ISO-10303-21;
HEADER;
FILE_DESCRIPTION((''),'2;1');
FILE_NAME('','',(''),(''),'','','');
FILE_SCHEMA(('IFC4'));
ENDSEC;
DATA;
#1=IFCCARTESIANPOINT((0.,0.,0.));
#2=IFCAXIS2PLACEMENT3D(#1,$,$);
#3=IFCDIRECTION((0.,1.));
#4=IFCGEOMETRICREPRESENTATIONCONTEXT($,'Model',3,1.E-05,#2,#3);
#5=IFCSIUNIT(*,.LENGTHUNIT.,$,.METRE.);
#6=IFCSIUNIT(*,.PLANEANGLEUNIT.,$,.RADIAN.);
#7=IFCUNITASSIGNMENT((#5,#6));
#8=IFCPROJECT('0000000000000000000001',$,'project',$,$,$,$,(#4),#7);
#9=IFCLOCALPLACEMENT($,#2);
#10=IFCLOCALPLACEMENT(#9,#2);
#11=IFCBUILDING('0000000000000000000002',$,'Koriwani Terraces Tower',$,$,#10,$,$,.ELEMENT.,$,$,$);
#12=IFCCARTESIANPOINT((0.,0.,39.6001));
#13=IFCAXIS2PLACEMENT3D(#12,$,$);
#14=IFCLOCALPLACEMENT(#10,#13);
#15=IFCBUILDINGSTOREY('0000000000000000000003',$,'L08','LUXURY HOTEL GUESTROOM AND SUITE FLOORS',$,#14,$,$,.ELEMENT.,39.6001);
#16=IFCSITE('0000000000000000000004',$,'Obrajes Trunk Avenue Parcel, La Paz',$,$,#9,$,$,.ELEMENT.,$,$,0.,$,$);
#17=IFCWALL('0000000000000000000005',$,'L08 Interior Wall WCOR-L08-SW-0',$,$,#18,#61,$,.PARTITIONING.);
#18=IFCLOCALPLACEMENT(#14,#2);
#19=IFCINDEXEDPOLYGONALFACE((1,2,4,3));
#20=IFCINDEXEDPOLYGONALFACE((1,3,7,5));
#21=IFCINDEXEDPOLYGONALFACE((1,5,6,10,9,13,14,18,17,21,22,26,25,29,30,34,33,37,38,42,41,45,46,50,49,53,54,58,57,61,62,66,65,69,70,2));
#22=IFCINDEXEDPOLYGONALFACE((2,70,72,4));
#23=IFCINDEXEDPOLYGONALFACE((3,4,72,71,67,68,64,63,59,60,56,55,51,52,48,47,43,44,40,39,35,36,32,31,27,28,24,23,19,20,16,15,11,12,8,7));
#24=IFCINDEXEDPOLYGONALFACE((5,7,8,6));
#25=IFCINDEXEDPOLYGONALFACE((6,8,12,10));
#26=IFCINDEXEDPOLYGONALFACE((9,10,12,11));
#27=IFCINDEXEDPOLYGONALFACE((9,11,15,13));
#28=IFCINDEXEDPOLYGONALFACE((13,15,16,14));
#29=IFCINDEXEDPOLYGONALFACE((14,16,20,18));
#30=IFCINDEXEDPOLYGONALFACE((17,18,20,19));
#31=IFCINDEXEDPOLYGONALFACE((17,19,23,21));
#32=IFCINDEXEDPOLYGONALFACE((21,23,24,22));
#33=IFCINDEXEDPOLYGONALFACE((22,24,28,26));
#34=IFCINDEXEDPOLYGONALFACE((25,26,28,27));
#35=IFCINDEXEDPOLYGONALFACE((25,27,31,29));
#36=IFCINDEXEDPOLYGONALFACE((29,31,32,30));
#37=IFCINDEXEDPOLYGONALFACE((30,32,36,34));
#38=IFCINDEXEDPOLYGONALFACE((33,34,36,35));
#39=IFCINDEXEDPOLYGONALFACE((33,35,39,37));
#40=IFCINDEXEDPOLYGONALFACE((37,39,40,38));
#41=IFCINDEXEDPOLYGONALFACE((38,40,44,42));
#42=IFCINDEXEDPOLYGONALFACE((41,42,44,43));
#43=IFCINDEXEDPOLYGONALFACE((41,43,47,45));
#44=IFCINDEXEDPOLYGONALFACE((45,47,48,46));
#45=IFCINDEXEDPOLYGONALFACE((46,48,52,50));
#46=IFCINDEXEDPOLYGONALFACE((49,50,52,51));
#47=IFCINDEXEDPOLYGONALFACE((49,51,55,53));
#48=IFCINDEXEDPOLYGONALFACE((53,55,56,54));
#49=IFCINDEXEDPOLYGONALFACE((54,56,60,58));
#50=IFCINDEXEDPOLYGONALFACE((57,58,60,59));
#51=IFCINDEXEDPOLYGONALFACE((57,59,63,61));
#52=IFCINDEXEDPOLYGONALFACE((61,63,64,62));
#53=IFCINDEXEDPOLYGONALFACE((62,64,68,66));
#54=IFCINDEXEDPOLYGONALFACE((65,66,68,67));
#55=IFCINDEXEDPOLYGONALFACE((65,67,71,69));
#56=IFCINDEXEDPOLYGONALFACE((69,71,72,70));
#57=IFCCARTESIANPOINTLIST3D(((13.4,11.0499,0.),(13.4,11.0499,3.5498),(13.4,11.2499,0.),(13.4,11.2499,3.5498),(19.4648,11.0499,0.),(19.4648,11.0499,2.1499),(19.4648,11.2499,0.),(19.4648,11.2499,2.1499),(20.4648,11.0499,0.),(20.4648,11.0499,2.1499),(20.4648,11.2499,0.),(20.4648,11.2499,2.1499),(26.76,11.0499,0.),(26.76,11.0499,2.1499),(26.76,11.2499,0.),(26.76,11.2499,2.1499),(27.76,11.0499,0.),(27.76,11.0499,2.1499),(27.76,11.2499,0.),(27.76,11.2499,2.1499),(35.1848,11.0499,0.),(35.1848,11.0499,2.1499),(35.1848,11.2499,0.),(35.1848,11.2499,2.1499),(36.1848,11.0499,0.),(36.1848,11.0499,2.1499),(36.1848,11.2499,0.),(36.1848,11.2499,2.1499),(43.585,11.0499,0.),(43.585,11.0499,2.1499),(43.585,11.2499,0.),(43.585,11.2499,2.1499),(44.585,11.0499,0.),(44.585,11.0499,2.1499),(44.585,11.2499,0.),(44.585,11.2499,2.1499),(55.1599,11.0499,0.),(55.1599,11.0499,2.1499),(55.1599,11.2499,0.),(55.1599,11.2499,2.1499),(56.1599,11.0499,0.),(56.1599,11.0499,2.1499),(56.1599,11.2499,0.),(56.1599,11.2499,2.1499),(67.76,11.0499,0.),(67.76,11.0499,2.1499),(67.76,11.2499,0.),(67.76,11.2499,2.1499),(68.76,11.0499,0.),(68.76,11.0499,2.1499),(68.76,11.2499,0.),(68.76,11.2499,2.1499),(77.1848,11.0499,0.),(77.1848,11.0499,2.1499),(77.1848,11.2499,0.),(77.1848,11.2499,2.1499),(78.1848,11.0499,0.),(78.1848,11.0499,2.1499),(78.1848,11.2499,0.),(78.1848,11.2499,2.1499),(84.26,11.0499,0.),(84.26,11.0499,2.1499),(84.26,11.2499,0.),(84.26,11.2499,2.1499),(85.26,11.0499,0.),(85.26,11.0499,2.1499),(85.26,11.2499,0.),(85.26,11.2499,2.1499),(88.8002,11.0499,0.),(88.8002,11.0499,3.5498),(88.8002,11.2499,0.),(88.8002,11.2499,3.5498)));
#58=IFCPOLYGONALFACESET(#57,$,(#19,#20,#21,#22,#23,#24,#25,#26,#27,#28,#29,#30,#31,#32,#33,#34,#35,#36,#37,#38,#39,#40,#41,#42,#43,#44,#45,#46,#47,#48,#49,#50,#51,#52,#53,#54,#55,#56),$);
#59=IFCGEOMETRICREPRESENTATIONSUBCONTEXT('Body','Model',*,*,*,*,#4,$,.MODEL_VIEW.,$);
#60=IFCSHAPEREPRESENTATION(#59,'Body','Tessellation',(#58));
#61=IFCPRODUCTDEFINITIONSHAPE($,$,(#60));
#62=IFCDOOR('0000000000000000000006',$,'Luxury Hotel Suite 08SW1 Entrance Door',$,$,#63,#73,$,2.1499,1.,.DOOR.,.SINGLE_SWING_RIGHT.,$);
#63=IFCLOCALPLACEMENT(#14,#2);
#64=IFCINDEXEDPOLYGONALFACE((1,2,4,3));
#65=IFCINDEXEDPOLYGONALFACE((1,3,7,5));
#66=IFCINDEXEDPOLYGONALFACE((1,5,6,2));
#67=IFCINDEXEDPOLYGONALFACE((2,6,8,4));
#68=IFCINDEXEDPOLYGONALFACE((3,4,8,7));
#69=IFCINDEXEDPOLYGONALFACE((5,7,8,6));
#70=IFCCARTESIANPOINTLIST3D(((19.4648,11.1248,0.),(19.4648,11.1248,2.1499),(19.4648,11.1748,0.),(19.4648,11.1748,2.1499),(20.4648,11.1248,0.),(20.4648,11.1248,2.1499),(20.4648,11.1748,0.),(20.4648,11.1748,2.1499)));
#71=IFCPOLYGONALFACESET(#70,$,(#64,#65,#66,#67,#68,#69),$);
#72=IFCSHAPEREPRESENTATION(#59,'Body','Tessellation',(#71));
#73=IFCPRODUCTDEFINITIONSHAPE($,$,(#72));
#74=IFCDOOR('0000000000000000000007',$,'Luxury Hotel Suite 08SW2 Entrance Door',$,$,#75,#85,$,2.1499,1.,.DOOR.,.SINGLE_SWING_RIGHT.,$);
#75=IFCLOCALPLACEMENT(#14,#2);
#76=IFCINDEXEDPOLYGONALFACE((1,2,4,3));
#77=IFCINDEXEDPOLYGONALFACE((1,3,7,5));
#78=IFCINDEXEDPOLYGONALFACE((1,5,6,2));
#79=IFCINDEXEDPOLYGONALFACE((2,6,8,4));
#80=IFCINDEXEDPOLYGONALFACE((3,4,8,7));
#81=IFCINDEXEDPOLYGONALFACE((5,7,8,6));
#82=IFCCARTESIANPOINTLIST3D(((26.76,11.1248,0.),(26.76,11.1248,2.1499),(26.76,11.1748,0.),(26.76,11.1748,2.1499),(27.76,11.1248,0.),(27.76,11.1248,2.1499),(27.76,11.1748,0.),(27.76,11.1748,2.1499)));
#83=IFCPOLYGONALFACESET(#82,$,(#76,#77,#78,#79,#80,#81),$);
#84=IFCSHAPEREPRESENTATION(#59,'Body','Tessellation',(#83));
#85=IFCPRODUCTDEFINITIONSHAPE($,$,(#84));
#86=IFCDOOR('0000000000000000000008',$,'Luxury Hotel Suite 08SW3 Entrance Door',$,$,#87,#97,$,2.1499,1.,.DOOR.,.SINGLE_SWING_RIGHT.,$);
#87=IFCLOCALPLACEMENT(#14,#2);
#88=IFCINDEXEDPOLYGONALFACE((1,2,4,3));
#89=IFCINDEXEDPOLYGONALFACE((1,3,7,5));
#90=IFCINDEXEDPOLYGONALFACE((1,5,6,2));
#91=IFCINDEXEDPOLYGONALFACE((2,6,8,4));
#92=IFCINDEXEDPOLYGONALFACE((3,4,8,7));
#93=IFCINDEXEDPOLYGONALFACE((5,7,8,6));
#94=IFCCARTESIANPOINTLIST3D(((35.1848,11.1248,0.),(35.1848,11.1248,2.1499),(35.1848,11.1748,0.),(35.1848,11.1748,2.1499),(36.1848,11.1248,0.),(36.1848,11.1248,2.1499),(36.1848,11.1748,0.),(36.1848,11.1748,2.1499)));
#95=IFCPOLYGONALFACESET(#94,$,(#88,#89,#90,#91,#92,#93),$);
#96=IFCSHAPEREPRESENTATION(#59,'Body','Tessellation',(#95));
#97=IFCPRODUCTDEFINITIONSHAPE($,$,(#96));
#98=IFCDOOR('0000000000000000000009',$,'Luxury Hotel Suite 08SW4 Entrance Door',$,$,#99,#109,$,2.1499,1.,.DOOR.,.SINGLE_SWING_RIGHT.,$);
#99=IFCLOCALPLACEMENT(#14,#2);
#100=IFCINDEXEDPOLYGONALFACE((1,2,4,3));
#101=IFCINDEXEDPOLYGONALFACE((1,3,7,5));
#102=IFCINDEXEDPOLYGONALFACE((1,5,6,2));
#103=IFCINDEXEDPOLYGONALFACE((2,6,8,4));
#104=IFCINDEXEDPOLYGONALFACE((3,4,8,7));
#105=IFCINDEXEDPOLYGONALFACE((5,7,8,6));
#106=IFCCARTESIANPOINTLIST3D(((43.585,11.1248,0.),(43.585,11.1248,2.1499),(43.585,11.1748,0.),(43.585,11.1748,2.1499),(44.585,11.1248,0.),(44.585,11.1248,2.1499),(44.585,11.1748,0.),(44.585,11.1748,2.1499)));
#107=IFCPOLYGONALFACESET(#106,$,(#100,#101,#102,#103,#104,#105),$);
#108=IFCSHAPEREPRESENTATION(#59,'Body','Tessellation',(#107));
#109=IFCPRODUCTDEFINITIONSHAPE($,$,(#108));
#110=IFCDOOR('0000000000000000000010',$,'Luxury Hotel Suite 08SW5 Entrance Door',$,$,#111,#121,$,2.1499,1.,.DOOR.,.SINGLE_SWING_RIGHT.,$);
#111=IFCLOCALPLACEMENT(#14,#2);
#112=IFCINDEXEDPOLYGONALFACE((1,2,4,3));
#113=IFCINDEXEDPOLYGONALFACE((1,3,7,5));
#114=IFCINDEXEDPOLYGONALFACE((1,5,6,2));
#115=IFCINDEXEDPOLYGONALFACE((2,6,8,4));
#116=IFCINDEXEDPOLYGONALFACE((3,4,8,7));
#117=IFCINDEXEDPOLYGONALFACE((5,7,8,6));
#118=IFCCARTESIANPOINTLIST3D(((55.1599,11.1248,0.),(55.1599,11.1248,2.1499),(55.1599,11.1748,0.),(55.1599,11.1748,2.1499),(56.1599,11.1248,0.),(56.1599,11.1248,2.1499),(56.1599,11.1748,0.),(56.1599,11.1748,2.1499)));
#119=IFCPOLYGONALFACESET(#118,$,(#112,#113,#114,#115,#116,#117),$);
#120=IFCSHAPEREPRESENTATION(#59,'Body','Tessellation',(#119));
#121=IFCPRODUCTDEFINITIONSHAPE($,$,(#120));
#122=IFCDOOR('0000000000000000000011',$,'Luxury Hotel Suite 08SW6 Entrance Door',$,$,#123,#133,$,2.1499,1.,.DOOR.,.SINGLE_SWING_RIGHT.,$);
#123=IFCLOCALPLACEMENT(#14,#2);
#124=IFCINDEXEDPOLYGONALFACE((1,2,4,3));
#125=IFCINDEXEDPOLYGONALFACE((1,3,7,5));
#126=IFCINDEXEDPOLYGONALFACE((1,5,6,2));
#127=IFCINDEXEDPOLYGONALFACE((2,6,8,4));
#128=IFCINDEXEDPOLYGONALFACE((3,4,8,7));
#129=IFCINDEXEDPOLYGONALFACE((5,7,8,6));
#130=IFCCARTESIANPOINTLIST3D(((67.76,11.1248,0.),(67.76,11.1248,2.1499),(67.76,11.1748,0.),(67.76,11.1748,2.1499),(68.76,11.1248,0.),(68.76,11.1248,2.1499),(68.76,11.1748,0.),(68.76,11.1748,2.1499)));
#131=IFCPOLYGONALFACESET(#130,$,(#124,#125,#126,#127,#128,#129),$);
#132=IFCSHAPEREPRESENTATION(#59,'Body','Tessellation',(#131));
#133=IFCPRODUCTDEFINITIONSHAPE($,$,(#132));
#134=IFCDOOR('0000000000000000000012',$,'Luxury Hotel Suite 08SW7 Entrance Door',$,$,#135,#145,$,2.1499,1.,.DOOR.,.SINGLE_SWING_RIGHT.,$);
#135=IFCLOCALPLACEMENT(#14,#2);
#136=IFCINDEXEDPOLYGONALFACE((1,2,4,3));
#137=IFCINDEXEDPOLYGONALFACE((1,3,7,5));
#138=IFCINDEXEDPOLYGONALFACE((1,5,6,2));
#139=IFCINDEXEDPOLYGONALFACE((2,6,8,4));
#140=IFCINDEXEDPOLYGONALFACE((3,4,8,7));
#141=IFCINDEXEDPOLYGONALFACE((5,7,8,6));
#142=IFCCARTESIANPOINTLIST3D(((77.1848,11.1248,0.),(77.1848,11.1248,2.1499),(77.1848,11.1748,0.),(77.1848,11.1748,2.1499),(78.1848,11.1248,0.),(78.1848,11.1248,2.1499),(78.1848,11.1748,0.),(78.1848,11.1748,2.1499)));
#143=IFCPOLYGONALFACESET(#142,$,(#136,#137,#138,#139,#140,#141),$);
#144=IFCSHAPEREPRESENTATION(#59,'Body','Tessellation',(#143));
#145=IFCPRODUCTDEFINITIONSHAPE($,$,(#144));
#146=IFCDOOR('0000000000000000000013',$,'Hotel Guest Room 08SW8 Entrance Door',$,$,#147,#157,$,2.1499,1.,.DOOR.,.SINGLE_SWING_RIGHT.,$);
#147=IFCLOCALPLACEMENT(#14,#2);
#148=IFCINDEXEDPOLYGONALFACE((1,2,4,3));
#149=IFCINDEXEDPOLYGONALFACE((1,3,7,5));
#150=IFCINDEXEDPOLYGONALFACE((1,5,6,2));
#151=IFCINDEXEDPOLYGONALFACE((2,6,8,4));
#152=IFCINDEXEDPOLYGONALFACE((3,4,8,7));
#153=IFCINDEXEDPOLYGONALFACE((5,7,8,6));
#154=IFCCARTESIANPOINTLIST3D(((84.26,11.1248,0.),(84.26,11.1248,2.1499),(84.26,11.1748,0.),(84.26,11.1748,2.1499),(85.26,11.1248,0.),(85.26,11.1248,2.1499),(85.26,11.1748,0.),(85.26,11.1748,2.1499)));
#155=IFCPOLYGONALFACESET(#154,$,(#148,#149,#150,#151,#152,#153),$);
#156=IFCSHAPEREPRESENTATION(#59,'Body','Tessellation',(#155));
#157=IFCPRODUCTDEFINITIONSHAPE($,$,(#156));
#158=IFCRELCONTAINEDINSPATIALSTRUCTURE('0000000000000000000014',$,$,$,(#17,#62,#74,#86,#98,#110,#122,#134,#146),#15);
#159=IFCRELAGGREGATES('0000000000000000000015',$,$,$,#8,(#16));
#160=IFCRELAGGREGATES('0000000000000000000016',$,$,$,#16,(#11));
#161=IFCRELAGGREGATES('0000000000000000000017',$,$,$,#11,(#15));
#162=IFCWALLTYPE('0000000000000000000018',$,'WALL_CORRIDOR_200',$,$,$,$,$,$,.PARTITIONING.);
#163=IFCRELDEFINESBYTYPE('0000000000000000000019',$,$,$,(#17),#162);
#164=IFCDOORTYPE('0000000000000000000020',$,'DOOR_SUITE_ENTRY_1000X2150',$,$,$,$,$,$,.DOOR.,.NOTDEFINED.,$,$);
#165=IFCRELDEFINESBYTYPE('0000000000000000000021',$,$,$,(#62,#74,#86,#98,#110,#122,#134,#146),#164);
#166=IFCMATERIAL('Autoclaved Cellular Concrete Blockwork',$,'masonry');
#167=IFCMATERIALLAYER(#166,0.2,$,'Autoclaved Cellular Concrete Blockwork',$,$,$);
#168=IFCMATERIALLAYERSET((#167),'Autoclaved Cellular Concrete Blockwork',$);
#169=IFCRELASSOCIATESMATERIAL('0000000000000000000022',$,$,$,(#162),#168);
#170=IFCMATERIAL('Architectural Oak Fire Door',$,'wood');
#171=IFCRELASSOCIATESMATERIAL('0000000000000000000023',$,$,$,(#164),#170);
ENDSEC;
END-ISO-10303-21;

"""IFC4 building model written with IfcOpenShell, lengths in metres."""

from ifc_helpers import new_model, si_unit, direction, frame, frame_2d, origin, place, context, subcontext, project, spatial, rectangle, extrude, material, layer, layer_set, type_object, element, fill, save


model = new_model("IFC4")

# Units and contexts
model_context = context("Model", 3, precision=1e-05, world=origin(), true_north=direction((0.0, 1.0)))
body_context = subcontext(model_context, "Body", "Model", "MODEL_VIEW")
ifc_project = project(units=[si_unit("LENGTHUNIT", "METRE"), si_unit("PLANEANGLEUNIT", "RADIAN")], contexts=[model_context])

# Site, building, storey
site_placement = place(None, origin())
site = spatial("IfcSite", under=ifc_project, at=site_placement, Name="Obrajes Trunk Avenue Parcel, La Paz", CompositionType="ELEMENT", RefElevation=0.0)
building_placement = place(site_placement, origin())
building = spatial("IfcBuilding", under=site, at=building_placement, Name="Koriwani Terraces Tower", CompositionType="ELEMENT")
storey_placement = place(building_placement, frame((0.0, 0.0, 39.6001)))
storey = spatial("IfcBuildingStorey", under=building, at=storey_placement, Name="L08", Description="LUXURY HOTEL GUESTROOM AND SUITE FLOORS", CompositionType="ELEMENT", Elevation=39.6001)

# Wall, openings, doors
ifc_material_1 = material(Name="Autoclaved Cellular Concrete Blockwork", Category="masonry")
ifc_layer_1 = layer(ifc_material_1, 0.2, Name="Autoclaved Cellular Concrete Blockwork")
ifc_layer_set_1 = layer_set([ifc_layer_1], Name="Autoclaved Cellular Concrete Blockwork")
wall_type_1 = type_object("IfcWallType", Name="WALL_CORRIDOR_200", PredefinedType="PARTITIONING", material=ifc_layer_set_1)
wall_1_placement = place(storey_placement, frame((13.3999, 11.1499, 0.0), z_axis=(0.0, 0.0, 1.0), x_axis=(1.0, 0.0, 0.0)))
wall_1 = element("IfcWall", 1, at=wall_1_placement, inside=storey, type_object=wall_type_1, Name="L08 Interior Wall WCOR-L08-SW-0", PredefinedType="PARTITIONING", context=body_context, shape_type="SweptSolid", body=[
    extrude(rectangle(XDim=75.4001, YDim=0.2, at=frame_2d((37.7002, 0.0))), origin(), (0.0, 0.0, 1.0), 3.5498),
])
opening_1_placement = place(wall_1_placement, frame((6.0649, 0.0, 0.0)))
opening_1 = element("IfcOpeningElement", 2, at=opening_1_placement, cuts=wall_1, PredefinedType="OPENING", context=body_context, shape_type="SweptSolid", body=[
    extrude(rectangle(XDim=1.0, YDim=2.1499, at=frame_2d((0.5, 1.075))), frame((0.0, 0.1099, 0.0), z_axis=(0.0, -1.0, 0.0), x_axis=(1.0, 0.0, 0.0)), (0.0, 0.0, 1.0), 0.22),
])
opening_2_placement = place(wall_1_placement, frame((13.3601, 0.0, 0.0)))
opening_2 = element("IfcOpeningElement", 3, at=opening_2_placement, cuts=wall_1, PredefinedType="OPENING", context=body_context, shape_type="SweptSolid", body=[
    extrude(rectangle(XDim=1.0, YDim=2.1499, at=frame_2d((0.5, 1.075))), frame((0.0, 0.1099, 0.0), z_axis=(0.0, -1.0, 0.0), x_axis=(1.0, 0.0, 0.0)), (0.0, 0.0, 1.0), 0.22),
])
opening_3_placement = place(wall_1_placement, frame((21.7849, 0.0, 0.0)))
opening_3 = element("IfcOpeningElement", 4, at=opening_3_placement, cuts=wall_1, PredefinedType="OPENING", context=body_context, shape_type="SweptSolid", body=[
    extrude(rectangle(XDim=1.0, YDim=2.1499, at=frame_2d((0.5, 1.075))), frame((0.0, 0.1099, 0.0), z_axis=(0.0, -1.0, 0.0), x_axis=(1.0, 0.0, 0.0)), (0.0, 0.0, 1.0), 0.22),
])
opening_4_placement = place(wall_1_placement, frame((30.1851, 0.0, 0.0)))
opening_4 = element("IfcOpeningElement", 5, at=opening_4_placement, cuts=wall_1, PredefinedType="OPENING", context=body_context, shape_type="SweptSolid", body=[
    extrude(rectangle(XDim=1.0, YDim=2.1499, at=frame_2d((0.5, 1.075))), frame((0.0, 0.1099, 0.0), z_axis=(0.0, -1.0, 0.0), x_axis=(1.0, 0.0, 0.0)), (0.0, 0.0, 1.0), 0.22),
])
opening_5_placement = place(wall_1_placement, frame((41.76, 0.0, 0.0)))
opening_5 = element("IfcOpeningElement", 6, at=opening_5_placement, cuts=wall_1, PredefinedType="OPENING", context=body_context, shape_type="SweptSolid", body=[
    extrude(rectangle(XDim=1.0, YDim=2.1499, at=frame_2d((0.5, 1.075))), frame((0.0, 0.1099, 0.0), z_axis=(0.0, -1.0, 0.0), x_axis=(1.0, 0.0, 0.0)), (0.0, 0.0, 1.0), 0.22),
])
opening_6_placement = place(wall_1_placement, frame((54.3601, 0.0, 0.0)))
opening_6 = element("IfcOpeningElement", 7, at=opening_6_placement, cuts=wall_1, PredefinedType="OPENING", context=body_context, shape_type="SweptSolid", body=[
    extrude(rectangle(XDim=1.0, YDim=2.1499, at=frame_2d((0.5, 1.075))), frame((0.0, 0.1099, 0.0), z_axis=(0.0, -1.0, 0.0), x_axis=(1.0, 0.0, 0.0)), (0.0, 0.0, 1.0), 0.22),
])
opening_7_placement = place(wall_1_placement, frame((63.7849, 0.0, 0.0)))
opening_7 = element("IfcOpeningElement", 8, at=opening_7_placement, cuts=wall_1, PredefinedType="OPENING", context=body_context, shape_type="SweptSolid", body=[
    extrude(rectangle(XDim=1.0, YDim=2.1499, at=frame_2d((0.5, 1.075))), frame((0.0, 0.1099, 0.0), z_axis=(0.0, -1.0, 0.0), x_axis=(1.0, 0.0, 0.0)), (0.0, 0.0, 1.0), 0.22),
])
opening_8_placement = place(wall_1_placement, frame((70.8601, 0.0, 0.0)))
opening_8 = element("IfcOpeningElement", 9, at=opening_8_placement, cuts=wall_1, PredefinedType="OPENING", context=body_context, shape_type="SweptSolid", body=[
    extrude(rectangle(XDim=1.0, YDim=2.1499, at=frame_2d((0.5, 1.075))), frame((0.0, 0.1099, 0.0), z_axis=(0.0, -1.0, 0.0), x_axis=(1.0, 0.0, 0.0)), (0.0, 0.0, 1.0), 0.22),
])
ifc_material_2 = material(Name="Architectural Oak Fire Door", Category="wood")
door_type_1 = type_object("IfcDoorType", Name="DOOR_SUITE_ENTRY_1000X2150", OperationType="NOTDEFINED", PredefinedType="DOOR", material=ifc_material_2)
door_1_placement = place(opening_1_placement, origin())
door_1 = element("IfcDoor", 10, at=door_1_placement, inside=storey, type_object=door_type_1, Name="Luxury Hotel Suite 08SW1 Entrance Door", OperationType="SINGLE_SWING_RIGHT", OverallHeight=2.1499, OverallWidth=1.0, PredefinedType="DOOR", context=body_context, shape_type="SweptSolid", body=[
    extrude(rectangle(XDim=1.0, YDim=2.1499, at=frame_2d((0.5, 1.075))), frame((0.0, 0.0249, 0.0), z_axis=(0.0, -1.0, 0.0), x_axis=(1.0, 0.0, 0.0)), (0.0, 0.0, 1.0), 0.05),
])
fill(opening_1, door_1)
door_2_placement = place(opening_2_placement, origin())
door_2 = element("IfcDoor", 11, at=door_2_placement, inside=storey, type_object=door_type_1, Name="Luxury Hotel Suite 08SW2 Entrance Door", OperationType="SINGLE_SWING_RIGHT", OverallHeight=2.1499, OverallWidth=1.0, PredefinedType="DOOR", context=body_context, shape_type="SweptSolid", body=[
    extrude(rectangle(XDim=1.0, YDim=2.1499, at=frame_2d((0.5, 1.075))), frame((0.0, 0.0249, 0.0), z_axis=(0.0, -1.0, 0.0), x_axis=(1.0, 0.0, 0.0)), (0.0, 0.0, 1.0), 0.05),
])
fill(opening_2, door_2)
door_3_placement = place(opening_3_placement, origin())
door_3 = element("IfcDoor", 12, at=door_3_placement, inside=storey, type_object=door_type_1, Name="Luxury Hotel Suite 08SW3 Entrance Door", OperationType="SINGLE_SWING_RIGHT", OverallHeight=2.1499, OverallWidth=1.0, PredefinedType="DOOR", context=body_context, shape_type="SweptSolid", body=[
    extrude(rectangle(XDim=1.0, YDim=2.1499, at=frame_2d((0.5, 1.075))), frame((0.0, 0.0249, 0.0), z_axis=(0.0, -1.0, 0.0), x_axis=(1.0, 0.0, 0.0)), (0.0, 0.0, 1.0), 0.05),
])
fill(opening_3, door_3)
door_4_placement = place(opening_4_placement, origin())
door_4 = element("IfcDoor", 13, at=door_4_placement, inside=storey, type_object=door_type_1, Name="Luxury Hotel Suite 08SW4 Entrance Door", OperationType="SINGLE_SWING_RIGHT", OverallHeight=2.1499, OverallWidth=1.0, PredefinedType="DOOR", context=body_context, shape_type="SweptSolid", body=[
    extrude(rectangle(XDim=1.0, YDim=2.1499, at=frame_2d((0.5, 1.075))), frame((0.0, 0.0249, 0.0), z_axis=(0.0, -1.0, 0.0), x_axis=(1.0, 0.0, 0.0)), (0.0, 0.0, 1.0), 0.05),
])
fill(opening_4, door_4)
door_5_placement = place(opening_5_placement, origin())
door_5 = element("IfcDoor", 14, at=door_5_placement, inside=storey, type_object=door_type_1, Name="Luxury Hotel Suite 08SW5 Entrance Door", OperationType="SINGLE_SWING_RIGHT", OverallHeight=2.1499, OverallWidth=1.0, PredefinedType="DOOR", context=body_context, shape_type="SweptSolid", body=[
    extrude(rectangle(XDim=1.0, YDim=2.1499, at=frame_2d((0.5, 1.075))), frame((0.0, 0.0249, 0.0), z_axis=(0.0, -1.0, 0.0), x_axis=(1.0, 0.0, 0.0)), (0.0, 0.0, 1.0), 0.05),
])
fill(opening_5, door_5)
door_6_placement = place(opening_6_placement, origin())
door_6 = element("IfcDoor", 15, at=door_6_placement, inside=storey, type_object=door_type_1, Name="Luxury Hotel Suite 08SW6 Entrance Door", OperationType="SINGLE_SWING_RIGHT", OverallHeight=2.1499, OverallWidth=1.0, PredefinedType="DOOR", context=body_context, shape_type="SweptSolid", body=[
    extrude(rectangle(XDim=1.0, YDim=2.1499, at=frame_2d((0.5, 1.075))), frame((0.0, 0.0249, 0.0), z_axis=(0.0, -1.0, 0.0), x_axis=(1.0, 0.0, 0.0)), (0.0, 0.0, 1.0), 0.05),
])
fill(opening_6, door_6)
door_7_placement = place(opening_7_placement, origin())
door_7 = element("IfcDoor", 16, at=door_7_placement, inside=storey, type_object=door_type_1, Name="Luxury Hotel Suite 08SW7 Entrance Door", OperationType="SINGLE_SWING_RIGHT", OverallHeight=2.1499, OverallWidth=1.0, PredefinedType="DOOR", context=body_context, shape_type="SweptSolid", body=[
    extrude(rectangle(XDim=1.0, YDim=2.1499, at=frame_2d((0.5, 1.075))), frame((0.0, 0.0249, 0.0), z_axis=(0.0, -1.0, 0.0), x_axis=(1.0, 0.0, 0.0)), (0.0, 0.0, 1.0), 0.05),
])
fill(opening_7, door_7)
door_8_placement = place(opening_8_placement, origin())
door_8 = element("IfcDoor", 17, at=door_8_placement, inside=storey, type_object=door_type_1, Name="Hotel Guest Room 08SW8 Entrance Door", OperationType="SINGLE_SWING_RIGHT", OverallHeight=2.1499, OverallWidth=1.0, PredefinedType="DOOR", context=body_context, shape_type="SweptSolid", body=[
    extrude(rectangle(XDim=1.0, YDim=2.1499, at=frame_2d((0.5, 1.075))), frame((0.0, 0.0249, 0.0), z_axis=(0.0, -1.0, 0.0), x_axis=(1.0, 0.0, 0.0)), (0.0, 0.0, 1.0), 0.05),
])
fill(opening_8, door_8)

save(model, "model.ifc")
